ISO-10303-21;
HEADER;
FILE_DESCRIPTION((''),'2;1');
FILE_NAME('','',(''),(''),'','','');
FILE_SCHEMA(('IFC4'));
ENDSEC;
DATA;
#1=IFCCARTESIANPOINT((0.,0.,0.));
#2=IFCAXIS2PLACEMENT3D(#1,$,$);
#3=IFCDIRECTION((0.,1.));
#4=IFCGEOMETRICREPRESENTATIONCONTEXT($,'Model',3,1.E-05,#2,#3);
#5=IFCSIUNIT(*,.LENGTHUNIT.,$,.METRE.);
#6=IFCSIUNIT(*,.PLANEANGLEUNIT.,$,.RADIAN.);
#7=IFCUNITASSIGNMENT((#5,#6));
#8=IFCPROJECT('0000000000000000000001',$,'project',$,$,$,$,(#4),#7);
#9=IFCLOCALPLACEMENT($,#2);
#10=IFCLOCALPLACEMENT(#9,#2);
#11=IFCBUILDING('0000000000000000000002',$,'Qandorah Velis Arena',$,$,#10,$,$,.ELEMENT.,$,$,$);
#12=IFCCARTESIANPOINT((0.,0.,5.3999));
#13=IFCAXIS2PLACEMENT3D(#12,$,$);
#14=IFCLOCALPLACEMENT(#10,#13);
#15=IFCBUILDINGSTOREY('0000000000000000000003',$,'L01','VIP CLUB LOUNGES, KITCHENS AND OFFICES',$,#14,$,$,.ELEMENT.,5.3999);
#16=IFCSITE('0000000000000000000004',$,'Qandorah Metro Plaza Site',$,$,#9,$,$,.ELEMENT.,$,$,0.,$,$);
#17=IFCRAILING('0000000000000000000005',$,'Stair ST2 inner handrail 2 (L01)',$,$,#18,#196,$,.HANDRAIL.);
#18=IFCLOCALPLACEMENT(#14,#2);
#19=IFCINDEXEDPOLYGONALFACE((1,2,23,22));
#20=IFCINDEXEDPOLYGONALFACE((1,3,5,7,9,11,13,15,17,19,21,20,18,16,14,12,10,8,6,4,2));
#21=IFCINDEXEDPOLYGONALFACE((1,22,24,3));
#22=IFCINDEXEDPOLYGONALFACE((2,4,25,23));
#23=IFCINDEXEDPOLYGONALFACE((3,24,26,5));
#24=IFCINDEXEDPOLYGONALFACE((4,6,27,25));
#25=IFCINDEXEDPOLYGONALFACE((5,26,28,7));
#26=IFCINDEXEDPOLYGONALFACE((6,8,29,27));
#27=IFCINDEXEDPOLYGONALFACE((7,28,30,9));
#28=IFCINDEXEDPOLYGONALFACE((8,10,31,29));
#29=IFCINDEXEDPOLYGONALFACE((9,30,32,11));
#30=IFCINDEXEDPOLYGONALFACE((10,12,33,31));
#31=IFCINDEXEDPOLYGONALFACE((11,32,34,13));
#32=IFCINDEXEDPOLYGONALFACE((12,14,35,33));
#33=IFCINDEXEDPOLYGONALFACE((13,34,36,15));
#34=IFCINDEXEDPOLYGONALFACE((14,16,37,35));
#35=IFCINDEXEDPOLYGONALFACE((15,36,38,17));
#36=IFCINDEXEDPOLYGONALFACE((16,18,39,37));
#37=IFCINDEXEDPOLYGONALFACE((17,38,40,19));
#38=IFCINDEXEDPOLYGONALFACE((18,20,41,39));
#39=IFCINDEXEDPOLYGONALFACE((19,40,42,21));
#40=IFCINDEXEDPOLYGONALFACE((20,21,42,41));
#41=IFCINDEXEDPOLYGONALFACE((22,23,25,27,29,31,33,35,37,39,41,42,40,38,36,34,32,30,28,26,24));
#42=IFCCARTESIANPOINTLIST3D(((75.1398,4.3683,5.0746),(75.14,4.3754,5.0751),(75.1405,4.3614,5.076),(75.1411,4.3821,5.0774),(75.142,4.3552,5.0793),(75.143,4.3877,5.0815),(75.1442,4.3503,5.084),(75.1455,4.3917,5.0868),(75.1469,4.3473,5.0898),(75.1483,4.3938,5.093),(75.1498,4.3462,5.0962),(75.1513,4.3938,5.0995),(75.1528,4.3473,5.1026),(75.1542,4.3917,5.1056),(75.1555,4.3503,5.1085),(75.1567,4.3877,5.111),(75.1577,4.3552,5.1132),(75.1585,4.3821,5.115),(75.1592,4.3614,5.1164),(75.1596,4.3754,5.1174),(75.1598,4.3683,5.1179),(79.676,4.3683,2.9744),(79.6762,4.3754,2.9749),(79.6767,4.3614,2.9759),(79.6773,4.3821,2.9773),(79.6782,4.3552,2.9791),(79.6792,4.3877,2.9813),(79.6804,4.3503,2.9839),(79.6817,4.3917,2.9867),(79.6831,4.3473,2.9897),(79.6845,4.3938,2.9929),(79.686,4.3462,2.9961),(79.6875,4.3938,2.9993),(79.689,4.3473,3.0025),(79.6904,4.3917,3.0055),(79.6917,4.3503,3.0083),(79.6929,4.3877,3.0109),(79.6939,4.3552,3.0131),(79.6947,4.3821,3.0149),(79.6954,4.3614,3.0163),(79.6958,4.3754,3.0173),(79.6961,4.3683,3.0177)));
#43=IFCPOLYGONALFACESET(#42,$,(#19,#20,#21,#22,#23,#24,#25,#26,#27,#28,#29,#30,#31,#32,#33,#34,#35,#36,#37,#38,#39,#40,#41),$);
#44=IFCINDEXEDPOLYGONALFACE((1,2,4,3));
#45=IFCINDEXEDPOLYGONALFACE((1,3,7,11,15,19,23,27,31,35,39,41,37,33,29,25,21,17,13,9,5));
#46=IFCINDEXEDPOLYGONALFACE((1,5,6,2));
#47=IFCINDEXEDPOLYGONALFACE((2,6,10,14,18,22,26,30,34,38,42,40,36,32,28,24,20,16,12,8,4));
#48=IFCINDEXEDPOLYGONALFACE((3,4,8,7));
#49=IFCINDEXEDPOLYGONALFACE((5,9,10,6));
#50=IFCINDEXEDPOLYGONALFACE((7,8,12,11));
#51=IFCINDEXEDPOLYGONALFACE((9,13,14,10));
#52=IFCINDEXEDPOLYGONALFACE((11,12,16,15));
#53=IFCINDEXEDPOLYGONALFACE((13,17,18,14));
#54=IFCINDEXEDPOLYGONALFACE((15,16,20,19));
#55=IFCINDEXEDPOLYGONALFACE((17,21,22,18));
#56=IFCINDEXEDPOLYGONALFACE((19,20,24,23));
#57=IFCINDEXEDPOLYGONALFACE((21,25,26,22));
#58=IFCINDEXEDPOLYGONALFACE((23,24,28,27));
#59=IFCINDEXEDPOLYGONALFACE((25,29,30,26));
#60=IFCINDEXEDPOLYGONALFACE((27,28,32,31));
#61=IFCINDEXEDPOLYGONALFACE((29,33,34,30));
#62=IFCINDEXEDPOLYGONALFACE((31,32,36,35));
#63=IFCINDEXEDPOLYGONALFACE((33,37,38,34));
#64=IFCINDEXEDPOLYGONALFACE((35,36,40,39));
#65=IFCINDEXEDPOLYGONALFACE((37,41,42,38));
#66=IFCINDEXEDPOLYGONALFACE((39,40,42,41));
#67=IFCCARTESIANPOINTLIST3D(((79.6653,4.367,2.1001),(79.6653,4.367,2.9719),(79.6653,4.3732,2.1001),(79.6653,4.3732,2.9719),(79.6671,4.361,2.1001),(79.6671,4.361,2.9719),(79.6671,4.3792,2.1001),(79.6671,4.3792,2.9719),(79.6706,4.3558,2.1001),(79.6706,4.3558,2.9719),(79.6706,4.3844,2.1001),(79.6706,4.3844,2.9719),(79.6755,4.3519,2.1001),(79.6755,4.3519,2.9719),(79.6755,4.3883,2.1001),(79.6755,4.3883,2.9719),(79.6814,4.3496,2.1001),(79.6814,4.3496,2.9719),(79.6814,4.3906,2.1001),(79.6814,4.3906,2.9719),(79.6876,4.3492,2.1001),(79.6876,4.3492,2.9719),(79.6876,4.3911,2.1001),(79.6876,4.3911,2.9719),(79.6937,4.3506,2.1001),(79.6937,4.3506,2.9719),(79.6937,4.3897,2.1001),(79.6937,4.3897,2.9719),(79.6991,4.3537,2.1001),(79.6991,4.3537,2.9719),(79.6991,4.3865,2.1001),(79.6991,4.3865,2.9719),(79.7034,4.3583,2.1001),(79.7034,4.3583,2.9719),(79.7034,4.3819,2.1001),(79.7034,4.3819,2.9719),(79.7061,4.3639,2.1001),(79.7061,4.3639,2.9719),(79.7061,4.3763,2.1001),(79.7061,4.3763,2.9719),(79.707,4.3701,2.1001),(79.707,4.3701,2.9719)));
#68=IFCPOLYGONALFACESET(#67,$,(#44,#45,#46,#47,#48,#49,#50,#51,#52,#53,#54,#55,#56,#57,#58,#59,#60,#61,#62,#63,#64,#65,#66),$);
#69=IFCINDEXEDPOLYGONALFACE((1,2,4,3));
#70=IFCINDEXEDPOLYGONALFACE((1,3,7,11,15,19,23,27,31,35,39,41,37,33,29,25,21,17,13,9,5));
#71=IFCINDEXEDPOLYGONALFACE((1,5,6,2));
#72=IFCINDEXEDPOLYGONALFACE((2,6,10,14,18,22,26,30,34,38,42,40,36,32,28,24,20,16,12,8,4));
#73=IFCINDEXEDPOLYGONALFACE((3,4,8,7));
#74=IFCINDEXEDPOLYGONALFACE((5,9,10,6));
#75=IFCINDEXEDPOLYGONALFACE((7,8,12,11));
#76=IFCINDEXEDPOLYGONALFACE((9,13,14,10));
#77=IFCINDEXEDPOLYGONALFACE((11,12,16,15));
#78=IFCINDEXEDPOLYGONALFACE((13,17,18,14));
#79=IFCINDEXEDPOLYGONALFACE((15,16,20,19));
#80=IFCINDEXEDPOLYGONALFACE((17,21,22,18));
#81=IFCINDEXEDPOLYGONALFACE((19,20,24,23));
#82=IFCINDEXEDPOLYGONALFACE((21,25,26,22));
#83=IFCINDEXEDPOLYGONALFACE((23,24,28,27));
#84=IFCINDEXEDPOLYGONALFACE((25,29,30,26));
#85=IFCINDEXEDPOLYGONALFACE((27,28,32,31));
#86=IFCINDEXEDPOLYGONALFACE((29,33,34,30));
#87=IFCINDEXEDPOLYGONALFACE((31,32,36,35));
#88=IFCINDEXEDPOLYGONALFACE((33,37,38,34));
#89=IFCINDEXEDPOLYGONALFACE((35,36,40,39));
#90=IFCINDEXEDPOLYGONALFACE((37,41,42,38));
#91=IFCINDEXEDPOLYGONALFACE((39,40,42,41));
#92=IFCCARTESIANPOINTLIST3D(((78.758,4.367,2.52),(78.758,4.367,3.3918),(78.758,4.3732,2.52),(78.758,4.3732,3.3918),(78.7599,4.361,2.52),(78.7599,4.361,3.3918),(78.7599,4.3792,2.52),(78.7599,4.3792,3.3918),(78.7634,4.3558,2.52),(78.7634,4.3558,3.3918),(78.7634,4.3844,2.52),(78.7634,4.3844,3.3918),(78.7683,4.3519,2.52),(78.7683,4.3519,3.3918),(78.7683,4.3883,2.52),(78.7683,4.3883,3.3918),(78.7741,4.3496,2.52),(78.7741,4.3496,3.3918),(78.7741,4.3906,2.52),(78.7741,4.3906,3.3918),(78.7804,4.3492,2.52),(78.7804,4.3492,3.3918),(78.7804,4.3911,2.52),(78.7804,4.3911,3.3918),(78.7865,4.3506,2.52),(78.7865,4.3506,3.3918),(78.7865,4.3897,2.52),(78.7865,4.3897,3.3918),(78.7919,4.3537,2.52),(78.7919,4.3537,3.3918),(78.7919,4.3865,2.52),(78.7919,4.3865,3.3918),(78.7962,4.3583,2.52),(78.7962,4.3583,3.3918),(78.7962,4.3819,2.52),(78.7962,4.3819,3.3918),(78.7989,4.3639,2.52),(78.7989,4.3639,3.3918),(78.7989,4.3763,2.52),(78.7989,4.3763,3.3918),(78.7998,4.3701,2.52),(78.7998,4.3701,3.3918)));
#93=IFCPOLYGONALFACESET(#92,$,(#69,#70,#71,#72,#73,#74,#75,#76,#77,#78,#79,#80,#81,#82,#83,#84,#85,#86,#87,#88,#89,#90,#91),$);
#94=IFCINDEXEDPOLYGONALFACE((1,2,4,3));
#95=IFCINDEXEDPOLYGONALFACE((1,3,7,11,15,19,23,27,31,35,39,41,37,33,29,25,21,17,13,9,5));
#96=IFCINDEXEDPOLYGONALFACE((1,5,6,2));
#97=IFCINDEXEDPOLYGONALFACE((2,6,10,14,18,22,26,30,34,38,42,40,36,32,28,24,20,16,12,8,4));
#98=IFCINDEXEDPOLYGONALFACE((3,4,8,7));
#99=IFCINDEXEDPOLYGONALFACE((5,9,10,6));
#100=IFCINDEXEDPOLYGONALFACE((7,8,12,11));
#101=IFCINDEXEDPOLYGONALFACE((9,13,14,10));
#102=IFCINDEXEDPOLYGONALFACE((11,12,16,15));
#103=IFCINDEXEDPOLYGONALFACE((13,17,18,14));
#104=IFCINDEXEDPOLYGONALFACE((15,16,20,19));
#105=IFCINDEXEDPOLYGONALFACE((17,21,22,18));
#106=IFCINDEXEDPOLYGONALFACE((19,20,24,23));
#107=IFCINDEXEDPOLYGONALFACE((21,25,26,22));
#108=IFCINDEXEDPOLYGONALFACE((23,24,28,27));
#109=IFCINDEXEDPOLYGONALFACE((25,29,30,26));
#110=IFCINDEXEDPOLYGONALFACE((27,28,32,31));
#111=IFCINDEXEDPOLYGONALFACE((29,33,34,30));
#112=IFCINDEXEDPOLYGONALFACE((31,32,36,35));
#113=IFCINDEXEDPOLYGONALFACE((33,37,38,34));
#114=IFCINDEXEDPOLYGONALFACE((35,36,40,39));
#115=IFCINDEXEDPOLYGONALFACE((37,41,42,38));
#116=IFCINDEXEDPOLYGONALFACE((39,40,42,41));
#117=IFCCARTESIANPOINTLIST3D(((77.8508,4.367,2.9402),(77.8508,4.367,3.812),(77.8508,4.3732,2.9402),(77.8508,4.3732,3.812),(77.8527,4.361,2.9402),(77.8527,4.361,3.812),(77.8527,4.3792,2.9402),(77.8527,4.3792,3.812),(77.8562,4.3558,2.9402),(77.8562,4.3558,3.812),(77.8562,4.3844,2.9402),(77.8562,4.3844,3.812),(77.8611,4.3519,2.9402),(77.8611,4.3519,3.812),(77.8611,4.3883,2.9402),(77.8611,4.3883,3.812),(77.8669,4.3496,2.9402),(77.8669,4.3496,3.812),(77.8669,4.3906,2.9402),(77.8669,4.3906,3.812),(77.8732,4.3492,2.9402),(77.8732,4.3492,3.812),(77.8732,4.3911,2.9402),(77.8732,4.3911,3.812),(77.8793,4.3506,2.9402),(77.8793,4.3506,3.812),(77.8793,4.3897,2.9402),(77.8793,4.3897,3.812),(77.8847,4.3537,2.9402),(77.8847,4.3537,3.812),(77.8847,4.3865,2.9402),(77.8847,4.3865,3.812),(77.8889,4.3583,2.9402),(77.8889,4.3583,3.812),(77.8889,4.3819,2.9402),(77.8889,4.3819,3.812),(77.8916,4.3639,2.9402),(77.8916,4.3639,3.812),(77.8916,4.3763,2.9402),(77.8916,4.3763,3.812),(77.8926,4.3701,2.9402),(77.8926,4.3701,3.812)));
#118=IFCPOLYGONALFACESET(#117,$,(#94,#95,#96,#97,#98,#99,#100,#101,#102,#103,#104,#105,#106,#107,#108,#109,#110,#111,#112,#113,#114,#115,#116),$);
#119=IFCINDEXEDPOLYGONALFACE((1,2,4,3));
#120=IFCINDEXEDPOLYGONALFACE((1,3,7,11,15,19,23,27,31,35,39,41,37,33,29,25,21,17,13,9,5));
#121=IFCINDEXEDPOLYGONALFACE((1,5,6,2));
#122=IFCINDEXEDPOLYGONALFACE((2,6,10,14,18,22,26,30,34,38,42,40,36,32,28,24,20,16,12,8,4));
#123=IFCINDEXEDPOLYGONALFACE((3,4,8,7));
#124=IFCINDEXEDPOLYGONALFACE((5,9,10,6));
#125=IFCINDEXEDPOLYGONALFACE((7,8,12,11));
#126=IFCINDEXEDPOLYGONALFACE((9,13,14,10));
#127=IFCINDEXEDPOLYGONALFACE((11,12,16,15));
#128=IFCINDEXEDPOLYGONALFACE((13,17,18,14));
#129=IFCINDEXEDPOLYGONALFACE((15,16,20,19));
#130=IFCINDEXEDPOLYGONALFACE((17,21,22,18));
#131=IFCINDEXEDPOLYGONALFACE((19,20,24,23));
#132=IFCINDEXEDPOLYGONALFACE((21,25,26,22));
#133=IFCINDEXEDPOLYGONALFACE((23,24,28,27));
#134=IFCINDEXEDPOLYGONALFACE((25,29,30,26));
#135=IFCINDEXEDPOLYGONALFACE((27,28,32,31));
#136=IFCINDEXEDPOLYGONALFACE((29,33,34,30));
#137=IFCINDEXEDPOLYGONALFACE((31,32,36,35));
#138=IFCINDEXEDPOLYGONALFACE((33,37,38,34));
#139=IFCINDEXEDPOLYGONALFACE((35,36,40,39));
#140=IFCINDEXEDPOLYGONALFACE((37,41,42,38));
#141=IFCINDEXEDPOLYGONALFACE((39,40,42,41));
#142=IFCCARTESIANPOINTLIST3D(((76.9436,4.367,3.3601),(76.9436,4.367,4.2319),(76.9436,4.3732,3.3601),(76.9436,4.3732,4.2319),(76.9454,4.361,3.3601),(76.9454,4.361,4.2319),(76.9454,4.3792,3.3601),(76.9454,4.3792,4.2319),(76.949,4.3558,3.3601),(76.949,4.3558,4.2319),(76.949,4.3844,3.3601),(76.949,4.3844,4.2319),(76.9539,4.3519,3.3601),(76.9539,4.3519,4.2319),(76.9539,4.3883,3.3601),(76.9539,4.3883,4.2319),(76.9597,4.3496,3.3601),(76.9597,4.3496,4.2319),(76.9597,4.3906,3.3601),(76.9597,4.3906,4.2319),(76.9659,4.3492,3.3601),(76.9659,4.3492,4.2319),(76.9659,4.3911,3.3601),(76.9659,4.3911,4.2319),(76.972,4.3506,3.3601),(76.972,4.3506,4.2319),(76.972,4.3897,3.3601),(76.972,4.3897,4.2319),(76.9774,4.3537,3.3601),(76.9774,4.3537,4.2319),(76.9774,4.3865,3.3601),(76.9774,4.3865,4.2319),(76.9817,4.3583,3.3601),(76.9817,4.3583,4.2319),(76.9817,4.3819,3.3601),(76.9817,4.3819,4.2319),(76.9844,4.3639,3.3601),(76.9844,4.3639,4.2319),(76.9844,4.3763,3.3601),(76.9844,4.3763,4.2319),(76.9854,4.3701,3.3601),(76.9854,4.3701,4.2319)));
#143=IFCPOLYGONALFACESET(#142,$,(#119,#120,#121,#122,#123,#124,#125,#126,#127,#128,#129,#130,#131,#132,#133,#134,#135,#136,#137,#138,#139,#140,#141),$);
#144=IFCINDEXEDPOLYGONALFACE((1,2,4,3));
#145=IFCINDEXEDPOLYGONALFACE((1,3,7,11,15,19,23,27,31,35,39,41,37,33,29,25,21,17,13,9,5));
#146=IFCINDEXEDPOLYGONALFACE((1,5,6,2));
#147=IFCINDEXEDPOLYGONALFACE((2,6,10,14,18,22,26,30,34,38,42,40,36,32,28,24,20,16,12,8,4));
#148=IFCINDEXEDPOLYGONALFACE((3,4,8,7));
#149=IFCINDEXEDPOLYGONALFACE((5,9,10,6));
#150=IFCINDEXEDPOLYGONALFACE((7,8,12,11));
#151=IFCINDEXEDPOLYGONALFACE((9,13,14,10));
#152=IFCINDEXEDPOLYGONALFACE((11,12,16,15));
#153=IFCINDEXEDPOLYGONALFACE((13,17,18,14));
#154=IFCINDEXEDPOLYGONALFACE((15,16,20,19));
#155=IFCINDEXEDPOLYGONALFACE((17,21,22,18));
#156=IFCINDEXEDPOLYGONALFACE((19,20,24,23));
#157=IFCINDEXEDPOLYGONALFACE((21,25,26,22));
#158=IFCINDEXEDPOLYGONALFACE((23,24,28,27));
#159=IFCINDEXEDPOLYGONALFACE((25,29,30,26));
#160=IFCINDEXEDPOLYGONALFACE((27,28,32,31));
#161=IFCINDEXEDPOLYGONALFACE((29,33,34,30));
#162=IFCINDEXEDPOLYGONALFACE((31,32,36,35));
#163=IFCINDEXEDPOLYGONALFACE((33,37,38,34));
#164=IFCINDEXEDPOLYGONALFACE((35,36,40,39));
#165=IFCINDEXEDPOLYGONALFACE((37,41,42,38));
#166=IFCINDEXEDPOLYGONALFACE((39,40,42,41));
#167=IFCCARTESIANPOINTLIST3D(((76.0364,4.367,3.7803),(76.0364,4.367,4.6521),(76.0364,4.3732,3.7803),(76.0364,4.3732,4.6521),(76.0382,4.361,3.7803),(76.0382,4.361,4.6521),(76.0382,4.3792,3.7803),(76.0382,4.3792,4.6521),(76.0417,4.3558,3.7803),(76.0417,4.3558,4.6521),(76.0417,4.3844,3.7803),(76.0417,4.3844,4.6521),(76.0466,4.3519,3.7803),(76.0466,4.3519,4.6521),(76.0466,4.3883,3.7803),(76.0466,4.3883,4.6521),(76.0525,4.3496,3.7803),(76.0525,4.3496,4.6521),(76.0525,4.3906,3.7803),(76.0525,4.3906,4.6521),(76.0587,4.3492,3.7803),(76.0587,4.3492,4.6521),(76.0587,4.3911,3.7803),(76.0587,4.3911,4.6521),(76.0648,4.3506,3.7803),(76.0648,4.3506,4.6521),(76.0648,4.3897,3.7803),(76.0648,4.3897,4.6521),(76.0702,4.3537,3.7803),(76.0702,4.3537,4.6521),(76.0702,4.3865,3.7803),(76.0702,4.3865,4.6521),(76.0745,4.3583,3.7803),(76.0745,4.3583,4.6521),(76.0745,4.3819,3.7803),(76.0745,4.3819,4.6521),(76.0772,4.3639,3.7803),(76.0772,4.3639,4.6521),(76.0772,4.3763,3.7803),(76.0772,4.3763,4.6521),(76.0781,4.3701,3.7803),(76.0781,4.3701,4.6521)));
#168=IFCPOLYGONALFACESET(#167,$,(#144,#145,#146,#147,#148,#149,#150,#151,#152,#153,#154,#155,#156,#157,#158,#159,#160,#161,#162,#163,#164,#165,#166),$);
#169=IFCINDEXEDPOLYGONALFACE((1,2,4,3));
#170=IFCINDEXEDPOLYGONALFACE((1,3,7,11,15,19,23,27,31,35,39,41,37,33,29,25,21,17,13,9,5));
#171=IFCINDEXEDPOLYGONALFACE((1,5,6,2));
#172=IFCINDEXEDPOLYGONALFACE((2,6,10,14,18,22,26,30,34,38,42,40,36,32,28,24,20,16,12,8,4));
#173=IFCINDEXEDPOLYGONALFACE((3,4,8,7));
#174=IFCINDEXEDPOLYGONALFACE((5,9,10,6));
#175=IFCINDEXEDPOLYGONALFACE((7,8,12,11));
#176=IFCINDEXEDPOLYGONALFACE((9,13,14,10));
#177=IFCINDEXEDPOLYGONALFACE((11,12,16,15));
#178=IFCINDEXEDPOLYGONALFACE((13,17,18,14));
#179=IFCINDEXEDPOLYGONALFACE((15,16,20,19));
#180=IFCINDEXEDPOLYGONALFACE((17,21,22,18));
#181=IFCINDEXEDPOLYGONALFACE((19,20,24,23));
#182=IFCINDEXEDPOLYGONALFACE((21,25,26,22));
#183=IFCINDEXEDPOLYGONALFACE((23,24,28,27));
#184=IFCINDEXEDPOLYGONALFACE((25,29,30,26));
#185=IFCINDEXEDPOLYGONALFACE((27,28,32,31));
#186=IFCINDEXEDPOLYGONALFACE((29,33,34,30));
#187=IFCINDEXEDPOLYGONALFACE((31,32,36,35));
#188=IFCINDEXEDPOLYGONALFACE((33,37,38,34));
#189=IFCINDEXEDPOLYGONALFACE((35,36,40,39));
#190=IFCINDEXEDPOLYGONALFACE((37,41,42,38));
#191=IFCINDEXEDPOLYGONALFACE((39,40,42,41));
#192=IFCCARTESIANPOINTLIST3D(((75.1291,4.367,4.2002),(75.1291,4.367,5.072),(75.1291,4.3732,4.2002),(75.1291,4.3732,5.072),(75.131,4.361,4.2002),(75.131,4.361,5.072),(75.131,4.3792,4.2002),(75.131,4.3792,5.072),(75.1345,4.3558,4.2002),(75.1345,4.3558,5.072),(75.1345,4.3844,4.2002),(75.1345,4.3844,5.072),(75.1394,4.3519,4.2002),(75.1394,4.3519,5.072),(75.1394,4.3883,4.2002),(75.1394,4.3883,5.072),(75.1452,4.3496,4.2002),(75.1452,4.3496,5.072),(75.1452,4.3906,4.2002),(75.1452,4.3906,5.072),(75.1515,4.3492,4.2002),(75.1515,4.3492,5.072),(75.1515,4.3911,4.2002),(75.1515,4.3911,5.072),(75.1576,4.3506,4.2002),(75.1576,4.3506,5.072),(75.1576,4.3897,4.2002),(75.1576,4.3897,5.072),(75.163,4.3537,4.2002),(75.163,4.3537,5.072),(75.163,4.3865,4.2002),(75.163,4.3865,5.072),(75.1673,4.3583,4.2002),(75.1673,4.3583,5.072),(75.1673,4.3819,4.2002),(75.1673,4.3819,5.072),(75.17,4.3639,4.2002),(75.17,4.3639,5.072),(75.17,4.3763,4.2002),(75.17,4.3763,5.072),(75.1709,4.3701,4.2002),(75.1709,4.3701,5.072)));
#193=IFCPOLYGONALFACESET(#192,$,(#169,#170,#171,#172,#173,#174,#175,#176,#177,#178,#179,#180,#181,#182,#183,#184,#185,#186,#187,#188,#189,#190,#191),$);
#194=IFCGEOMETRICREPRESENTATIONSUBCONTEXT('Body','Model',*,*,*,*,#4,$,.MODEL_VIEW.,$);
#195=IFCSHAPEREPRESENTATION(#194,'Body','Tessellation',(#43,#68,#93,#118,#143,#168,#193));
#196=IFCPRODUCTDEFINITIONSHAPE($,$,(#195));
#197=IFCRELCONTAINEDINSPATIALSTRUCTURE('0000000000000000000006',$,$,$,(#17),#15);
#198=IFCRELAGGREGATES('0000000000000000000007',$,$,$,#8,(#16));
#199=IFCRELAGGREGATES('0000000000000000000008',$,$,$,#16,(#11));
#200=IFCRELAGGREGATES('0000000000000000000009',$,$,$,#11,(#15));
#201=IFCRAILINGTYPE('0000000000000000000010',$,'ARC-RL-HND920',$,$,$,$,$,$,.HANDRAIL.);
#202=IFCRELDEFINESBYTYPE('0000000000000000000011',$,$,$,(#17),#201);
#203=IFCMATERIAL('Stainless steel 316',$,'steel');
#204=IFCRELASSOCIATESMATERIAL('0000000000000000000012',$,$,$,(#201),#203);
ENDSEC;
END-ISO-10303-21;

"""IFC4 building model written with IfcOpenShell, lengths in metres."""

from ifc_helpers import new_model, si_unit, direction, frame, origin, origin_2d, place, context, subcontext, project, spatial, circle, extrude, material, type_object, element, save


model = new_model("IFC4")

# Units and contexts
model_context = context("Model", 3, precision=1e-05, world=origin(), true_north=direction((0.0, 1.0)))
body_context = subcontext(model_context, "Body", "Model", "MODEL_VIEW")
ifc_project = project(units=[si_unit("LENGTHUNIT", "METRE"), si_unit("PLANEANGLEUNIT", "RADIAN")], contexts=[model_context])

# Site, building, storey
site_placement = place(None, origin())
site = spatial("IfcSite", under=ifc_project, at=site_placement, Name="Qandorah Metro Plaza Site", CompositionType="ELEMENT", RefElevation=0.0)
building_placement = place(site_placement, origin())
building = spatial("IfcBuilding", under=site, at=building_placement, Name="Qandorah Velis Arena", CompositionType="ELEMENT")
storey_placement = place(building_placement, frame((0.0, 0.0, 5.3999)))
storey = spatial("IfcBuildingStorey", under=building, at=storey_placement, Name="L01", Description="VIP CLUB LOUNGES, KITCHENS AND OFFICES", CompositionType="ELEMENT", Elevation=5.3999)

# Railing
ifc_material_1 = material(Name="Stainless steel 316", Category="steel")
railing_type_1 = type_object("IfcRailingType", Name="ARC-RL-HND920", PredefinedType="HANDRAIL", material=ifc_material_1)
railing_1_placement = place(storey_placement, frame((79.686, 4.3701, 2.1001)))
element("IfcRailing", 1, at=railing_1_placement, inside=storey, type_object=railing_type_1, Name="Stair ST2 inner handrail 2 (L01)", PredefinedType="HANDRAIL", context=body_context, shape_type="SweptSolid", body=[
    extrude(circle(Radius=0.0239, at=origin_2d()), frame((0.0, 0.0, 0.896), z_axis=(-0.907464, 0.0, 0.42013), x_axis=(0.0, -1.0, 0.0)), (0.0, 0.0, 1.0), 4.9988),
    extrude(circle(Radius=0.021, at=origin_2d()), origin(), (0.0, 0.0, 1.0), 0.8718),
    extrude(circle(Radius=0.021, at=origin_2d()), frame((-0.9072, 0.0, 0.4199)), (0.0, 0.0, 1.0), 0.8718),
    extrude(circle(Radius=0.021, at=origin_2d()), frame((-1.8145, 0.0, 0.8401)), (0.0, 0.0, 1.0), 0.8718),
    extrude(circle(Radius=0.021, at=origin_2d()), frame((-2.7217, 0.0, 1.26)), (0.0, 0.0, 1.0), 0.8718),
    extrude(circle(Radius=0.021, at=origin_2d()), frame((-3.6289, 0.0, 1.6802)), (0.0, 0.0, 1.0), 0.8718),
    extrude(circle(Radius=0.021, at=origin_2d()), frame((-4.5361, 0.0, 2.1001)), (0.0, 0.0, 1.0), 0.8718),
])

save(model, "model.ifc")
